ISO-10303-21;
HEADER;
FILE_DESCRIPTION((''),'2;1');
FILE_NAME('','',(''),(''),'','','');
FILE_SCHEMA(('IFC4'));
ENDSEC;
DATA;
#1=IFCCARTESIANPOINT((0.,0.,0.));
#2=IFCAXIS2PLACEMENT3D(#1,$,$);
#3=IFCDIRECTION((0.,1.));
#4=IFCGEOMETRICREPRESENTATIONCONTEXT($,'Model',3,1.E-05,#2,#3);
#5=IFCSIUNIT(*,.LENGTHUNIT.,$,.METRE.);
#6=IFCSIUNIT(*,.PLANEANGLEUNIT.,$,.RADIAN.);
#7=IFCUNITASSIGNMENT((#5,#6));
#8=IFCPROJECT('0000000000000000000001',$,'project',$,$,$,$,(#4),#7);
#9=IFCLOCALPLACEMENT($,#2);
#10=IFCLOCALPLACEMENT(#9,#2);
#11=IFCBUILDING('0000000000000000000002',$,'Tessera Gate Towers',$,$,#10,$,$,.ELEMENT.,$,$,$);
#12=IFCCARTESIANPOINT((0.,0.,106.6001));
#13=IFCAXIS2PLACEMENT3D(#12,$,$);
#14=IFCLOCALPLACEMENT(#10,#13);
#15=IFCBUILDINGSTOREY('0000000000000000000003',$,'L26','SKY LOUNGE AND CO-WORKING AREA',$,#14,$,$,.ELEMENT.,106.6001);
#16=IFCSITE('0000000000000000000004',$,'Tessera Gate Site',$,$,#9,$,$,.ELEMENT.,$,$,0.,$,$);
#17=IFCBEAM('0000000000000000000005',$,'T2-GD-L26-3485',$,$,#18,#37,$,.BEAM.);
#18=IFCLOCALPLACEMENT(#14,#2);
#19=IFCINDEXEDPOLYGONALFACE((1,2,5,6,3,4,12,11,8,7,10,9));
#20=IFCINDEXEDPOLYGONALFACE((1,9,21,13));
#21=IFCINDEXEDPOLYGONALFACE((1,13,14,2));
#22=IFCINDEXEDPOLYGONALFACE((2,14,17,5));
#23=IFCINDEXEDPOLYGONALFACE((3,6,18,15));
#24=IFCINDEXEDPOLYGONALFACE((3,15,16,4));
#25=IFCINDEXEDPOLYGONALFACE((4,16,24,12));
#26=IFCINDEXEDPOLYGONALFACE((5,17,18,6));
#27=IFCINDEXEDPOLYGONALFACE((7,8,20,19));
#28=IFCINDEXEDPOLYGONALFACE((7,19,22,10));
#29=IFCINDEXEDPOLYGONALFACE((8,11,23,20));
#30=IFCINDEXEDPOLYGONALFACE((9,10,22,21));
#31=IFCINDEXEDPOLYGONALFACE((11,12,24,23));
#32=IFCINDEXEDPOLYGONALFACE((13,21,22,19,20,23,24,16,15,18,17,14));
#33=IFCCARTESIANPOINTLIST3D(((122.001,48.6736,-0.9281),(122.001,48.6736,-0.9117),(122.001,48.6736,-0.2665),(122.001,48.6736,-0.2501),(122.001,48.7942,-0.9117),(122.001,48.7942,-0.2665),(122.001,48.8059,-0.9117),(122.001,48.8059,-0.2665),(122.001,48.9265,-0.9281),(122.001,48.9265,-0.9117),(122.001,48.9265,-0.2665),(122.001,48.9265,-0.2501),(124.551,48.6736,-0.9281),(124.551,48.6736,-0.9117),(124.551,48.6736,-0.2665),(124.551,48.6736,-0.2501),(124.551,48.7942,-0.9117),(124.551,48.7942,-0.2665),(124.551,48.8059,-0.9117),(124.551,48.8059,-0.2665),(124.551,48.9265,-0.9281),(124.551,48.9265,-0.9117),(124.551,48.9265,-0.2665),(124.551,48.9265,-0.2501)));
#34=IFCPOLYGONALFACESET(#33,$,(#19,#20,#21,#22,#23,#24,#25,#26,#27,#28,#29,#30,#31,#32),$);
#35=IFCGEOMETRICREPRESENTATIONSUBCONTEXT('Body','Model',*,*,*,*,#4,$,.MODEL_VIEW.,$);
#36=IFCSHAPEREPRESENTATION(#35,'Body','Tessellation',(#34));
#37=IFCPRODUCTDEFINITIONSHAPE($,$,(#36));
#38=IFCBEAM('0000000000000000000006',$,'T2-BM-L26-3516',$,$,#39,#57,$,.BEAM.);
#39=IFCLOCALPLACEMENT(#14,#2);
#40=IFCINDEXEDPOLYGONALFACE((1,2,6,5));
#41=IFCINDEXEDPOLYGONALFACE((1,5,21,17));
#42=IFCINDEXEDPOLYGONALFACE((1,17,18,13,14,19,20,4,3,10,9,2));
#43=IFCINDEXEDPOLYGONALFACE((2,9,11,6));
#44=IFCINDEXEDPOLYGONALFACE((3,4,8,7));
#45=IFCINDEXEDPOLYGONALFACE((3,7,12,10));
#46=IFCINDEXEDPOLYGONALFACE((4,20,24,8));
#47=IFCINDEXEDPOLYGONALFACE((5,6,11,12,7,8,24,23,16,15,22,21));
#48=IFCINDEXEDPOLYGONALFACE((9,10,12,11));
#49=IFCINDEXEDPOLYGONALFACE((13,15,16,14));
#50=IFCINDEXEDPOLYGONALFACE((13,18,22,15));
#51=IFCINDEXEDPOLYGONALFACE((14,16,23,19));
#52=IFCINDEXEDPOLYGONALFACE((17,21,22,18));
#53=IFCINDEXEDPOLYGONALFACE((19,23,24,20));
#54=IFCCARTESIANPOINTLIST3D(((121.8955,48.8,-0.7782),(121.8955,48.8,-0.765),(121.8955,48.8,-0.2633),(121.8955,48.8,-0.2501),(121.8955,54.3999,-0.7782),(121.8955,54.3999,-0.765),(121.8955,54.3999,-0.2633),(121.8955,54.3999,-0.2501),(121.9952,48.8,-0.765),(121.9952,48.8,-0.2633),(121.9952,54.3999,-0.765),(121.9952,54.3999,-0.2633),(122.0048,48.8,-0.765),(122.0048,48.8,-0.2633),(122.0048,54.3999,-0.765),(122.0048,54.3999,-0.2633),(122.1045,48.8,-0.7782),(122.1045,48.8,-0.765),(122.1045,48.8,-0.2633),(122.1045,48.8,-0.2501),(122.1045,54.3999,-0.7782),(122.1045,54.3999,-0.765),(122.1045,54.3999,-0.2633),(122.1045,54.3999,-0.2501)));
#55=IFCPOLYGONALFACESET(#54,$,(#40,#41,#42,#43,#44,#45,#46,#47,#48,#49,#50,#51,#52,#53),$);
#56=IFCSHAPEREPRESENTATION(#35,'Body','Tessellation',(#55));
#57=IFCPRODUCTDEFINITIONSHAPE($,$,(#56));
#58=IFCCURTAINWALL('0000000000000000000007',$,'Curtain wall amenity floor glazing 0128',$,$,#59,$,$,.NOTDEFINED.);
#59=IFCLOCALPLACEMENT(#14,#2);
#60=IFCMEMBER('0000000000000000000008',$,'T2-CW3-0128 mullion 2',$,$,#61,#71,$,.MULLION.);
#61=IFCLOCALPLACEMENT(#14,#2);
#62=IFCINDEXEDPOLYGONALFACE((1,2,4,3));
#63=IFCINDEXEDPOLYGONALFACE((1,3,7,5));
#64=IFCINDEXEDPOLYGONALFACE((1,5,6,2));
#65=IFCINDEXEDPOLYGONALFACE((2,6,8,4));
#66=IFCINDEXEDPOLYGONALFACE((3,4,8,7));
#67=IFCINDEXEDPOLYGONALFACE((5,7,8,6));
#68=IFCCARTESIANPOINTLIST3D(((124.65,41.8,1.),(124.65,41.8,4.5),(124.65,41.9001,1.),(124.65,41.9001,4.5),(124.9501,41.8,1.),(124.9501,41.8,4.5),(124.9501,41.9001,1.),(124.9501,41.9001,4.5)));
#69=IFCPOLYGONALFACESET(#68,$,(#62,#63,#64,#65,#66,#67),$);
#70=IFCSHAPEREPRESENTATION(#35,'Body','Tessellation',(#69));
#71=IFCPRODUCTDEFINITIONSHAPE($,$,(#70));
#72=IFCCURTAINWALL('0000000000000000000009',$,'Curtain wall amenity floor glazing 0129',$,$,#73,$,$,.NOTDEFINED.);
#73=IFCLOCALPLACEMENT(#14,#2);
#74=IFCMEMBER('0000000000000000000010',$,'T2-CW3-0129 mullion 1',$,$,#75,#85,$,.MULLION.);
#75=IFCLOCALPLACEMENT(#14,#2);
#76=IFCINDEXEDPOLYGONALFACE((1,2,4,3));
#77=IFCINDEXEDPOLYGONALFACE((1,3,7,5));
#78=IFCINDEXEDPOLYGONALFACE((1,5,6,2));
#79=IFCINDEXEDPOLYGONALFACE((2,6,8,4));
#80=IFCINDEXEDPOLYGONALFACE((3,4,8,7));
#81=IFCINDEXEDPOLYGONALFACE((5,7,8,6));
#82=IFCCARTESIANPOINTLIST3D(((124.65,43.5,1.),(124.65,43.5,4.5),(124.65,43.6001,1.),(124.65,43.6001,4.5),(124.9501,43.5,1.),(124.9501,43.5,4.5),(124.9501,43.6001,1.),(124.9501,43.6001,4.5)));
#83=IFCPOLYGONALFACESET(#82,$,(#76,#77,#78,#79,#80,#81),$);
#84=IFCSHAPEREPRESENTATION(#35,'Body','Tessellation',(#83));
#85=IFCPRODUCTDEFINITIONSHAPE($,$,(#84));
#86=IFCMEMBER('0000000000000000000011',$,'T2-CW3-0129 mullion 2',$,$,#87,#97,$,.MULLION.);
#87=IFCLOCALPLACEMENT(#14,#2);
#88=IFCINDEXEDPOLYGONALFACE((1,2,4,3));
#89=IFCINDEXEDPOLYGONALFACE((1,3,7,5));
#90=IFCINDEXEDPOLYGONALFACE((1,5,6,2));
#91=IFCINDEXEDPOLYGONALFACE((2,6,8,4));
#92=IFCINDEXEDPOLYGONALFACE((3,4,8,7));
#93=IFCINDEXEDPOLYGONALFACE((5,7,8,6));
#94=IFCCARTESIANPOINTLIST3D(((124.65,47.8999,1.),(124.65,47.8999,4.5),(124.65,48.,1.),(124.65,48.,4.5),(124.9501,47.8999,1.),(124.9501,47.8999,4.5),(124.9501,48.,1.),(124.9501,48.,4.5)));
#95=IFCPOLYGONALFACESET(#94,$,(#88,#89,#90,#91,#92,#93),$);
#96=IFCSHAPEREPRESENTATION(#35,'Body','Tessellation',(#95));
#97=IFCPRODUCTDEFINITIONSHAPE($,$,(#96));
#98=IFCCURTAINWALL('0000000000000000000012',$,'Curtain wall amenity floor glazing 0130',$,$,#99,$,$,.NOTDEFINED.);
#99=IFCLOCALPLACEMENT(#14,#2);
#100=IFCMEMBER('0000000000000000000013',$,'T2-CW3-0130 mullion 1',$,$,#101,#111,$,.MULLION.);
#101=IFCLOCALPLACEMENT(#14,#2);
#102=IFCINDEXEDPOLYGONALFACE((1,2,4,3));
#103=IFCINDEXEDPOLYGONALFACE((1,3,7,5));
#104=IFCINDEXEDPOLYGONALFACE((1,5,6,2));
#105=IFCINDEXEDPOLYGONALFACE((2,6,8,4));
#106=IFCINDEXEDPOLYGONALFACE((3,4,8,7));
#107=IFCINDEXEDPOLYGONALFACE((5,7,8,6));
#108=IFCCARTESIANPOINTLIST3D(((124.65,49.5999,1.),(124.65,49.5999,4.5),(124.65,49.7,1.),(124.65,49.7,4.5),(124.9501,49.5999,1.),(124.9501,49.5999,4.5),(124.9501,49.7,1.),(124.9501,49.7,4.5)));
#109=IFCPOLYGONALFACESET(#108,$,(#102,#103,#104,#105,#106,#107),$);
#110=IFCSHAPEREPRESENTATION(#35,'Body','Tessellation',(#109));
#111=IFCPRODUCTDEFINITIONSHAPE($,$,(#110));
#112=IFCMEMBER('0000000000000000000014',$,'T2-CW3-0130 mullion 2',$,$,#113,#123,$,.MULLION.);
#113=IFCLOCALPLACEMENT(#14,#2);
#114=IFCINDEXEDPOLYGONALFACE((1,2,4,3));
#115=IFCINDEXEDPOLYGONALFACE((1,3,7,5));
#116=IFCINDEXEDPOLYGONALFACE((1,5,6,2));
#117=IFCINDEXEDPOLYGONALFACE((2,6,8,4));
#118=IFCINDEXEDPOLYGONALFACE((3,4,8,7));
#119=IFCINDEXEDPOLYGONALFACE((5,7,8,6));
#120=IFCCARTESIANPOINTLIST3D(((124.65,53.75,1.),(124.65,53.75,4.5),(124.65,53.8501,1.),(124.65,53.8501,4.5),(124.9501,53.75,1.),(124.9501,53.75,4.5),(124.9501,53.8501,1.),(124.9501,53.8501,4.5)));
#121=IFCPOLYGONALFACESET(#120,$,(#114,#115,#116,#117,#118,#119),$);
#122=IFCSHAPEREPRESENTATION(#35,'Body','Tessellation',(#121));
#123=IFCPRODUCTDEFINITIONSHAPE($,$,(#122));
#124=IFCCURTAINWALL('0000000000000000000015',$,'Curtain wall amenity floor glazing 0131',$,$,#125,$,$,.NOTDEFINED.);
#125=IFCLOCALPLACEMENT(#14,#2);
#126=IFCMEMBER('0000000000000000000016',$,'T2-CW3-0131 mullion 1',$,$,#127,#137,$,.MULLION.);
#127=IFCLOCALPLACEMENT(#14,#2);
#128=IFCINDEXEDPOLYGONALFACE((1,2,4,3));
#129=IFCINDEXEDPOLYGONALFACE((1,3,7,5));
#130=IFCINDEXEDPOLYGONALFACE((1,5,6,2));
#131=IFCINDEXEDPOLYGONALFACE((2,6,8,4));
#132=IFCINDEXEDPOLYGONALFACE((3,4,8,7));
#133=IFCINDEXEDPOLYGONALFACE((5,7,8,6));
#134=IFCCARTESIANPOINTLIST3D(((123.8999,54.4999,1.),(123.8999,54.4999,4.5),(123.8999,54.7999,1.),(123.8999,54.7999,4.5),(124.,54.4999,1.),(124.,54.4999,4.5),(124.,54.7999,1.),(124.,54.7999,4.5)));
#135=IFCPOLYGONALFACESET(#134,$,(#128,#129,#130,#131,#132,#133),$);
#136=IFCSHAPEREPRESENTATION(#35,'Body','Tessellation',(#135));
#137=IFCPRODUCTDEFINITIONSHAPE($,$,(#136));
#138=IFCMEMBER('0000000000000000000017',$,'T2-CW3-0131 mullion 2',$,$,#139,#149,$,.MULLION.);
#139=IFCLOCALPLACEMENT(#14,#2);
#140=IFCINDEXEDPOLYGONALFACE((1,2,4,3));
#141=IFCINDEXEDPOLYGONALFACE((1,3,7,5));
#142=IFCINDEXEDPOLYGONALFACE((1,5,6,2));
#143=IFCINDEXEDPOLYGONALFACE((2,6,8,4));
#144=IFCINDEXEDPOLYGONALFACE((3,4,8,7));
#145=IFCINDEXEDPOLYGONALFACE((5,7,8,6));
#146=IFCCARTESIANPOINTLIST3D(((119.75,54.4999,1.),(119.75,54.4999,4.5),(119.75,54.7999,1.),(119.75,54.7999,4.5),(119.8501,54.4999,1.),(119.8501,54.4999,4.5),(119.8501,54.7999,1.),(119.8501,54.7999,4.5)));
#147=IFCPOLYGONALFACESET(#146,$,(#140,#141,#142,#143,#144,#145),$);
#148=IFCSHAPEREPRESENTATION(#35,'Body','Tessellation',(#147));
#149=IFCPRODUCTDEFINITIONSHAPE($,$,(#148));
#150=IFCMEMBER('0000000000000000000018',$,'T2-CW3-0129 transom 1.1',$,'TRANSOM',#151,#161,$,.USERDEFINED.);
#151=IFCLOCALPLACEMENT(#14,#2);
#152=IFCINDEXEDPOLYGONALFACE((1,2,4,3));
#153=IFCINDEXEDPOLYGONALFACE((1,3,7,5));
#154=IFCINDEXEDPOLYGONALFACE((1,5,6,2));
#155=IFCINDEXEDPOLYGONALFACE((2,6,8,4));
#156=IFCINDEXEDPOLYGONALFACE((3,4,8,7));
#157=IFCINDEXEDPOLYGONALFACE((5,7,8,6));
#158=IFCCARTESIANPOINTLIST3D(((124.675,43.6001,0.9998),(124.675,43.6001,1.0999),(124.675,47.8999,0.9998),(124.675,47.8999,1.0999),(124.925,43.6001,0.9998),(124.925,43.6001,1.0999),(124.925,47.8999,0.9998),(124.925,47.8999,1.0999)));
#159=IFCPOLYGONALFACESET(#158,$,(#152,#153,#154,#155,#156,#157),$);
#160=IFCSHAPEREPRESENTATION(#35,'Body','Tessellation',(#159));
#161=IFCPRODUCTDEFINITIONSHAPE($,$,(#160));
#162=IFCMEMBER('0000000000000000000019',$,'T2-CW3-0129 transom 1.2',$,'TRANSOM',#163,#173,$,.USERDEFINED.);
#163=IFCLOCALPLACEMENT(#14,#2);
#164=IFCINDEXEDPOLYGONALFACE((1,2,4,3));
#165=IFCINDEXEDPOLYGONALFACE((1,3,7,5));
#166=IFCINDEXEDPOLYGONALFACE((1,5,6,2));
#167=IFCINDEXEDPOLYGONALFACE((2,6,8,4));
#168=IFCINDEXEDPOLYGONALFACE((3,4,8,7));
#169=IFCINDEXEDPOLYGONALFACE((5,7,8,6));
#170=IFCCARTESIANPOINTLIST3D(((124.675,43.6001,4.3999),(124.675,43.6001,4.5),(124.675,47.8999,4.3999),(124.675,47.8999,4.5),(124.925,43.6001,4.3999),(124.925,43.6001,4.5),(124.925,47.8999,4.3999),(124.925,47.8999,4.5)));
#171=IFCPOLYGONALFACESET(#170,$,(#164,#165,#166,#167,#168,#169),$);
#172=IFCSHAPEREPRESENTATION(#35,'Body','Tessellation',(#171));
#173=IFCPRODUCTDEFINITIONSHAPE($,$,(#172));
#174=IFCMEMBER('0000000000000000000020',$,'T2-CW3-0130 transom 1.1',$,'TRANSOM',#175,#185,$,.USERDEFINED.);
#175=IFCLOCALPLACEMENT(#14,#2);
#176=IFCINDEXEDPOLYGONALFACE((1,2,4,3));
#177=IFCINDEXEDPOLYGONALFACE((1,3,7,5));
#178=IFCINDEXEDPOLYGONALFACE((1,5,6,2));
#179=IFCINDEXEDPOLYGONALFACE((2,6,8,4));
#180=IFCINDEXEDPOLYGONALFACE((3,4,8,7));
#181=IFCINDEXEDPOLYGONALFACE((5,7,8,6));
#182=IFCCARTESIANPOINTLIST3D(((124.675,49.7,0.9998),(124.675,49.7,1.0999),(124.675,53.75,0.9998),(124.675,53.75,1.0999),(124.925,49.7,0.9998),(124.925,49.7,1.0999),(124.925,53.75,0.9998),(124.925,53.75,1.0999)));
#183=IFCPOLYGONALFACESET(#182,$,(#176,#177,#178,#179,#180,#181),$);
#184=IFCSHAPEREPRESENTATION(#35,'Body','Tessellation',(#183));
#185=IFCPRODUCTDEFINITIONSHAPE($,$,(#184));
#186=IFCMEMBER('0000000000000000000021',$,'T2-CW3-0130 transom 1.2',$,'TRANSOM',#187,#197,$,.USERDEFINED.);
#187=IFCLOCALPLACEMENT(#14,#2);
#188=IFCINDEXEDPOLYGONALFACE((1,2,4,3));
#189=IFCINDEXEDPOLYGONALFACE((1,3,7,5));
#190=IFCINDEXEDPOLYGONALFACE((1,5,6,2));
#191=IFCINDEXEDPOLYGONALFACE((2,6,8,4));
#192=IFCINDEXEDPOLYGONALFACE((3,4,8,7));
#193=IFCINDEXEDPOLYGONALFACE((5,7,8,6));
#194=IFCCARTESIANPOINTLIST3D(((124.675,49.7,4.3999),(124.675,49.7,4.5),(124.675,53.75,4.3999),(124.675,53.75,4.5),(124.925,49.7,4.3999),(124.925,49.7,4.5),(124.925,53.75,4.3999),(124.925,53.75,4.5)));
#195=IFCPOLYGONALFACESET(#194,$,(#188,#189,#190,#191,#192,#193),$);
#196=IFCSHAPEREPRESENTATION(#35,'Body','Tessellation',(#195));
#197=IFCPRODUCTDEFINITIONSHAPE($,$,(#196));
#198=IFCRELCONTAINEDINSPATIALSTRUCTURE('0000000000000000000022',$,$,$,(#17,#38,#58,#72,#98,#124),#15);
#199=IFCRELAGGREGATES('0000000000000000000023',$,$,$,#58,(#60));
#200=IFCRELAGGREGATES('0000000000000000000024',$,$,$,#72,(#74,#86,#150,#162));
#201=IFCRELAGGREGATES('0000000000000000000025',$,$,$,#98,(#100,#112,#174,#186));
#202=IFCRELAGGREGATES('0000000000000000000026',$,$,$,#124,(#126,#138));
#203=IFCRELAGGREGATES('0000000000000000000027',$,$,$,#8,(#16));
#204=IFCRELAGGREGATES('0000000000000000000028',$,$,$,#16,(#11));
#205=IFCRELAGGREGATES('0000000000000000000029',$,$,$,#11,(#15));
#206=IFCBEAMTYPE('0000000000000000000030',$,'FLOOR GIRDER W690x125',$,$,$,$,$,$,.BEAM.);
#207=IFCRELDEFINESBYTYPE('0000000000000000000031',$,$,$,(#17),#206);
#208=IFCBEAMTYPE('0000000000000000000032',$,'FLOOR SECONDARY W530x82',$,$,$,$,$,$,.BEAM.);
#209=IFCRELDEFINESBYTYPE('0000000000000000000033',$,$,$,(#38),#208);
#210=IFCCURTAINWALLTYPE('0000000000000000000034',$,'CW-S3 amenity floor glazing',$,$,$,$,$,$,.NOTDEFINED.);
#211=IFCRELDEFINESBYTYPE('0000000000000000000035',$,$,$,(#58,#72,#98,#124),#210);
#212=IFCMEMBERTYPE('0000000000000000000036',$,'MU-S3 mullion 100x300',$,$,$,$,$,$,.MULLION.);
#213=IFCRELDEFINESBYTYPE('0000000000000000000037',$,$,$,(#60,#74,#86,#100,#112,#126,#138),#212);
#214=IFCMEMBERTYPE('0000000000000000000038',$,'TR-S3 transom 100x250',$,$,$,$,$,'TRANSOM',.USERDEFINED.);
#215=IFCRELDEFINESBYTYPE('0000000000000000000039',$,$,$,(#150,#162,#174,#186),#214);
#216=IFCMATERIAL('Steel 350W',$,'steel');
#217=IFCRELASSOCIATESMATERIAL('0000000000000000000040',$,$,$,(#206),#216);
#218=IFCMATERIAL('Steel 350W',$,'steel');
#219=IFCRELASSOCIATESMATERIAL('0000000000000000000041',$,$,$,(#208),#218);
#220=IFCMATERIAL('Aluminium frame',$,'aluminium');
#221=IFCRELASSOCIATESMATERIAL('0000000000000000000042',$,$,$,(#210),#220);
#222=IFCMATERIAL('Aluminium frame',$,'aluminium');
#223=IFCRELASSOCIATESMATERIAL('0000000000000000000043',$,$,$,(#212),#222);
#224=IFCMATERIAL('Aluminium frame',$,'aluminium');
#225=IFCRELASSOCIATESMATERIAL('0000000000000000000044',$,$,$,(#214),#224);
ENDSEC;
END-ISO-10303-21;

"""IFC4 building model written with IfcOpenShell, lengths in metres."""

from ifc_helpers import new_model, si_unit, direction, frame, origin, origin_2d, place, context, subcontext, project, spatial, rectangle, i_section, extrude, material, material_profile, profile_set, type_object, element, aggregate, save


model = new_model("IFC4")

# Units and contexts
model_context = context("Model", 3, precision=1e-05, world=origin(), true_north=direction((0.0, 1.0)))
body_context = subcontext(model_context, "Body", "Model", "MODEL_VIEW")
ifc_project = project(units=[si_unit("LENGTHUNIT", "METRE"), si_unit("PLANEANGLEUNIT", "RADIAN")], contexts=[model_context])

# Site, building, storey
site_placement = place(None, origin())
site = spatial("IfcSite", under=ifc_project, at=site_placement, Name="Tessera Gate Site", CompositionType="ELEMENT", RefElevation=0.0)
building_placement = place(site_placement, origin())
building = spatial("IfcBuilding", under=site, at=building_placement, Name="Tessera Gate Towers", CompositionType="ELEMENT")
storey_placement = place(building_placement, frame((0.0, 0.0, 106.6001)))
storey = spatial("IfcBuildingStorey", under=building, at=storey_placement, Name="L26", Description="SKY LOUNGE AND CO-WORKING AREA", CompositionType="ELEMENT", Elevation=106.6001)

# Beams
ifc_material_1 = material(Name="Steel 350W", Category="steel")
ifc_material_profile_1 = material_profile(ifc_material_1, i_section(OverallWidth=0.2529, OverallDepth=0.678, WebThickness=0.0117, FlangeThickness=0.0164, at=origin_2d()), Name="W690x125")
ifc_profile_set_1 = profile_set([ifc_material_profile_1], Name="Steel 350W")
beam_type_1 = type_object("IfcBeamType", Name="FLOOR GIRDER W690x125", PredefinedType="BEAM", material=ifc_profile_set_1)
beam_1_placement = place(storey_placement, frame((122.001, 48.8, -0.5891), z_axis=(1.0, 0.0, 0.0), x_axis=(0.0, 1.0, 0.0)))
element("IfcBeam", 1, at=beam_1_placement, inside=storey, type_object=beam_type_1, Name="T2-GD-L26-3485", PredefinedType="BEAM", context=body_context, shape_type="SweptSolid", body=[
    extrude(i_section(OverallWidth=0.2529, OverallDepth=0.678, WebThickness=0.0117, FlangeThickness=0.0164, at=origin_2d()), origin(), (0.0, 0.0, 1.0), 2.55),
])
ifc_material_2 = material(Name="Steel 350W", Category="steel")
ifc_material_profile_2 = material_profile(ifc_material_2, i_section(OverallWidth=0.209, OverallDepth=0.5281, WebThickness=0.0095, FlangeThickness=0.0132, at=origin_2d()), Name="W530x82")
ifc_profile_set_2 = profile_set([ifc_material_profile_2], Name="Steel 350W")
beam_type_2 = type_object("IfcBeamType", Name="FLOOR SECONDARY W530x82", PredefinedType="BEAM", material=ifc_profile_set_2)
beam_2_placement = place(storey_placement, frame((122.0, 48.8, -0.5142), z_axis=(0.0, 1.0, 0.0), x_axis=(-1.0, 0.0, 0.0)))
element("IfcBeam", 2, at=beam_2_placement, inside=storey, type_object=beam_type_2, Name="T2-BM-L26-3516", PredefinedType="BEAM", context=body_context, shape_type="SweptSolid", body=[
    extrude(i_section(OverallWidth=0.209, OverallDepth=0.5281, WebThickness=0.0095, FlangeThickness=0.0132, at=origin_2d()), origin(), (0.0, 0.0, 1.0), 5.5999),
])

# Curtain wall, member
ifc_material_3 = material(Name="Aluminium frame", Category="aluminium")
curtain_wall_type = type_object("IfcCurtainWallType", Name="CW-S3 amenity floor glazing", PredefinedType="NOTDEFINED", material=ifc_material_3)
curtain_wall_1_placement = place(storey_placement, origin())
curtain_wall_1 = element("IfcCurtainWall", 3, at=curtain_wall_1_placement, inside=storey, type_object=curtain_wall_type, Name="Curtain wall amenity floor glazing 0128", PredefinedType="NOTDEFINED")
ifc_material_4 = material(Name="Aluminium frame", Category="aluminium")
ifc_material_profile_3 = material_profile(ifc_material_4, rectangle(XDim=0.1001, YDim=0.3, at=origin_2d()), Name="AL 100x300")
ifc_profile_set_3 = profile_set([ifc_material_profile_3], Name="Aluminium frame")
member_type_1 = type_object("IfcMemberType", Name="MU-S3 mullion 100x300", PredefinedType="MULLION", material=ifc_profile_set_3)
member_1_placement = place(storey_placement, frame((124.8, 41.8501, 1.0), z_axis=(0.0, 0.0, 1.0), x_axis=(0.0, 1.0, 0.0)))
member_1 = element("IfcMember", 4, at=member_1_placement, type_object=member_type_1, Name="T2-CW3-0128 mullion 2", PredefinedType="MULLION", context=body_context, shape_type="SweptSolid", body=[
    extrude(rectangle(XDim=0.1001, YDim=0.3, at=origin_2d()), origin(), (0.0, 0.0, 1.0), 3.5),
])

# Curtain walls, members
curtain_wall_2_placement = place(storey_placement, origin())
curtain_wall_2 = element("IfcCurtainWall", 5, at=curtain_wall_2_placement, inside=storey, type_object=curtain_wall_type, Name="Curtain wall amenity floor glazing 0129", PredefinedType="NOTDEFINED")
member_2_placement = place(storey_placement, frame((124.8, 43.55, 1.0), z_axis=(0.0, 0.0, 1.0), x_axis=(0.0, 1.0, 0.0)))
member_2 = element("IfcMember", 6, at=member_2_placement, type_object=member_type_1, Name="T2-CW3-0129 mullion 1", PredefinedType="MULLION", context=body_context, shape_type="SweptSolid", body=[
    extrude(rectangle(XDim=0.1001, YDim=0.3, at=origin_2d()), origin(), (0.0, 0.0, 1.0), 3.5),
])
member_3_placement = place(storey_placement, frame((124.8, 47.95, 1.0), z_axis=(0.0, 0.0, 1.0), x_axis=(0.0, 1.0, 0.0)))
member_3 = element("IfcMember", 7, at=member_3_placement, type_object=member_type_1, Name="T2-CW3-0129 mullion 2", PredefinedType="MULLION", context=body_context, shape_type="SweptSolid", body=[
    extrude(rectangle(XDim=0.1001, YDim=0.3, at=origin_2d()), origin(), (0.0, 0.0, 1.0), 3.5),
])
curtain_wall_3_placement = place(storey_placement, origin())
curtain_wall_3 = element("IfcCurtainWall", 8, at=curtain_wall_3_placement, inside=storey, type_object=curtain_wall_type, Name="Curtain wall amenity floor glazing 0130", PredefinedType="NOTDEFINED")
member_4_placement = place(storey_placement, frame((124.8, 49.6499, 1.0), z_axis=(0.0, 0.0, 1.0), x_axis=(0.0, 1.0, 0.0)))
member_4 = element("IfcMember", 9, at=member_4_placement, type_object=member_type_1, Name="T2-CW3-0130 mullion 1", PredefinedType="MULLION", context=body_context, shape_type="SweptSolid", body=[
    extrude(rectangle(XDim=0.1001, YDim=0.3, at=origin_2d()), origin(), (0.0, 0.0, 1.0), 3.5),
])
member_5_placement = place(storey_placement, frame((124.8, 53.8, 1.0), z_axis=(0.0, 0.0, 1.0), x_axis=(0.0, 1.0, 0.0)))
member_5 = element("IfcMember", 10, at=member_5_placement, type_object=member_type_1, Name="T2-CW3-0130 mullion 2", PredefinedType="MULLION", context=body_context, shape_type="SweptSolid", body=[
    extrude(rectangle(XDim=0.1001, YDim=0.3, at=origin_2d()), origin(), (0.0, 0.0, 1.0), 3.5),
])
curtain_wall_4_placement = place(storey_placement, origin())
curtain_wall_4 = element("IfcCurtainWall", 11, at=curtain_wall_4_placement, inside=storey, type_object=curtain_wall_type, Name="Curtain wall amenity floor glazing 0131", PredefinedType="NOTDEFINED")
member_6_placement = place(storey_placement, frame((123.95, 54.6499, 1.0), z_axis=(0.0, 0.0, 1.0), x_axis=(-1.0, 0.0, 0.0)))
member_6 = element("IfcMember", 12, at=member_6_placement, type_object=member_type_1, Name="T2-CW3-0131 mullion 1", PredefinedType="MULLION", context=body_context, shape_type="SweptSolid", body=[
    extrude(rectangle(XDim=0.1001, YDim=0.3, at=origin_2d()), origin(), (0.0, 0.0, 1.0), 3.5),
])
member_7_placement = place(storey_placement, frame((119.8, 54.6499, 1.0), z_axis=(0.0, 0.0, 1.0), x_axis=(-1.0, 0.0, 0.0)))
member_7 = element("IfcMember", 13, at=member_7_placement, type_object=member_type_1, Name="T2-CW3-0131 mullion 2", PredefinedType="MULLION", context=body_context, shape_type="SweptSolid", body=[
    extrude(rectangle(XDim=0.1001, YDim=0.3, at=origin_2d()), origin(), (0.0, 0.0, 1.0), 3.5),
])

# Members
ifc_material_5 = material(Name="Aluminium frame", Category="aluminium")
ifc_material_profile_4 = material_profile(ifc_material_5, rectangle(XDim=0.25, YDim=0.1001, at=origin_2d()), Name="AL 100x250")
ifc_profile_set_4 = profile_set([ifc_material_profile_4], Name="Aluminium frame")
member_type_2 = type_object("IfcMemberType", Name="TR-S3 transom 100x250", ElementType="TRANSOM", PredefinedType="USERDEFINED", material=ifc_profile_set_4)
member_8_placement = place(storey_placement, frame((124.8, 43.6001, 1.0498), z_axis=(0.0, 1.0, 0.0), x_axis=(-1.0, 0.0, 0.0)))
member_8 = element("IfcMember", 14, at=member_8_placement, type_object=member_type_2, Name="T2-CW3-0129 transom 1.1", ObjectType="TRANSOM", PredefinedType="USERDEFINED", context=body_context, shape_type="SweptSolid", body=[
    extrude(rectangle(XDim=0.25, YDim=0.1001, at=origin_2d()), origin(), (0.0, 0.0, 1.0), 4.2998),
])
member_9_placement = place(storey_placement, frame((124.8, 43.6001, 4.45), z_axis=(0.0, 1.0, 0.0), x_axis=(-1.0, 0.0, 0.0)))
member_9 = element("IfcMember", 15, at=member_9_placement, type_object=member_type_2, Name="T2-CW3-0129 transom 1.2", ObjectType="TRANSOM", PredefinedType="USERDEFINED", context=body_context, shape_type="SweptSolid", body=[
    extrude(rectangle(XDim=0.25, YDim=0.1001, at=origin_2d()), origin(), (0.0, 0.0, 1.0), 4.2998),
])
member_10_placement = place(storey_placement, frame((124.8, 49.7, 1.0498), z_axis=(0.0, 1.0, 0.0), x_axis=(-1.0, 0.0, 0.0)))
member_10 = element("IfcMember", 16, at=member_10_placement, type_object=member_type_2, Name="T2-CW3-0130 transom 1.1", ObjectType="TRANSOM", PredefinedType="USERDEFINED", context=body_context, shape_type="SweptSolid", body=[
    extrude(rectangle(XDim=0.25, YDim=0.1001, at=origin_2d()), origin(), (0.0, 0.0, 1.0), 4.05),
])
member_11_placement = place(storey_placement, frame((124.8, 49.7, 4.45), z_axis=(0.0, 1.0, 0.0), x_axis=(-1.0, 0.0, 0.0)))
member_11 = element("IfcMember", 17, at=member_11_placement, type_object=member_type_2, Name="T2-CW3-0130 transom 1.2", ObjectType="TRANSOM", PredefinedType="USERDEFINED", context=body_context, shape_type="SweptSolid", body=[
    extrude(rectangle(XDim=0.25, YDim=0.1001, at=origin_2d()), origin(), (0.0, 0.0, 1.0), 4.05),
])

aggregate(curtain_wall_1, [member_1])
aggregate(curtain_wall_2, [member_2, member_3, member_8, member_9])
aggregate(curtain_wall_3, [member_4, member_5, member_10, member_11])
aggregate(curtain_wall_4, [member_6, member_7])

save(model, "model.ifc")
